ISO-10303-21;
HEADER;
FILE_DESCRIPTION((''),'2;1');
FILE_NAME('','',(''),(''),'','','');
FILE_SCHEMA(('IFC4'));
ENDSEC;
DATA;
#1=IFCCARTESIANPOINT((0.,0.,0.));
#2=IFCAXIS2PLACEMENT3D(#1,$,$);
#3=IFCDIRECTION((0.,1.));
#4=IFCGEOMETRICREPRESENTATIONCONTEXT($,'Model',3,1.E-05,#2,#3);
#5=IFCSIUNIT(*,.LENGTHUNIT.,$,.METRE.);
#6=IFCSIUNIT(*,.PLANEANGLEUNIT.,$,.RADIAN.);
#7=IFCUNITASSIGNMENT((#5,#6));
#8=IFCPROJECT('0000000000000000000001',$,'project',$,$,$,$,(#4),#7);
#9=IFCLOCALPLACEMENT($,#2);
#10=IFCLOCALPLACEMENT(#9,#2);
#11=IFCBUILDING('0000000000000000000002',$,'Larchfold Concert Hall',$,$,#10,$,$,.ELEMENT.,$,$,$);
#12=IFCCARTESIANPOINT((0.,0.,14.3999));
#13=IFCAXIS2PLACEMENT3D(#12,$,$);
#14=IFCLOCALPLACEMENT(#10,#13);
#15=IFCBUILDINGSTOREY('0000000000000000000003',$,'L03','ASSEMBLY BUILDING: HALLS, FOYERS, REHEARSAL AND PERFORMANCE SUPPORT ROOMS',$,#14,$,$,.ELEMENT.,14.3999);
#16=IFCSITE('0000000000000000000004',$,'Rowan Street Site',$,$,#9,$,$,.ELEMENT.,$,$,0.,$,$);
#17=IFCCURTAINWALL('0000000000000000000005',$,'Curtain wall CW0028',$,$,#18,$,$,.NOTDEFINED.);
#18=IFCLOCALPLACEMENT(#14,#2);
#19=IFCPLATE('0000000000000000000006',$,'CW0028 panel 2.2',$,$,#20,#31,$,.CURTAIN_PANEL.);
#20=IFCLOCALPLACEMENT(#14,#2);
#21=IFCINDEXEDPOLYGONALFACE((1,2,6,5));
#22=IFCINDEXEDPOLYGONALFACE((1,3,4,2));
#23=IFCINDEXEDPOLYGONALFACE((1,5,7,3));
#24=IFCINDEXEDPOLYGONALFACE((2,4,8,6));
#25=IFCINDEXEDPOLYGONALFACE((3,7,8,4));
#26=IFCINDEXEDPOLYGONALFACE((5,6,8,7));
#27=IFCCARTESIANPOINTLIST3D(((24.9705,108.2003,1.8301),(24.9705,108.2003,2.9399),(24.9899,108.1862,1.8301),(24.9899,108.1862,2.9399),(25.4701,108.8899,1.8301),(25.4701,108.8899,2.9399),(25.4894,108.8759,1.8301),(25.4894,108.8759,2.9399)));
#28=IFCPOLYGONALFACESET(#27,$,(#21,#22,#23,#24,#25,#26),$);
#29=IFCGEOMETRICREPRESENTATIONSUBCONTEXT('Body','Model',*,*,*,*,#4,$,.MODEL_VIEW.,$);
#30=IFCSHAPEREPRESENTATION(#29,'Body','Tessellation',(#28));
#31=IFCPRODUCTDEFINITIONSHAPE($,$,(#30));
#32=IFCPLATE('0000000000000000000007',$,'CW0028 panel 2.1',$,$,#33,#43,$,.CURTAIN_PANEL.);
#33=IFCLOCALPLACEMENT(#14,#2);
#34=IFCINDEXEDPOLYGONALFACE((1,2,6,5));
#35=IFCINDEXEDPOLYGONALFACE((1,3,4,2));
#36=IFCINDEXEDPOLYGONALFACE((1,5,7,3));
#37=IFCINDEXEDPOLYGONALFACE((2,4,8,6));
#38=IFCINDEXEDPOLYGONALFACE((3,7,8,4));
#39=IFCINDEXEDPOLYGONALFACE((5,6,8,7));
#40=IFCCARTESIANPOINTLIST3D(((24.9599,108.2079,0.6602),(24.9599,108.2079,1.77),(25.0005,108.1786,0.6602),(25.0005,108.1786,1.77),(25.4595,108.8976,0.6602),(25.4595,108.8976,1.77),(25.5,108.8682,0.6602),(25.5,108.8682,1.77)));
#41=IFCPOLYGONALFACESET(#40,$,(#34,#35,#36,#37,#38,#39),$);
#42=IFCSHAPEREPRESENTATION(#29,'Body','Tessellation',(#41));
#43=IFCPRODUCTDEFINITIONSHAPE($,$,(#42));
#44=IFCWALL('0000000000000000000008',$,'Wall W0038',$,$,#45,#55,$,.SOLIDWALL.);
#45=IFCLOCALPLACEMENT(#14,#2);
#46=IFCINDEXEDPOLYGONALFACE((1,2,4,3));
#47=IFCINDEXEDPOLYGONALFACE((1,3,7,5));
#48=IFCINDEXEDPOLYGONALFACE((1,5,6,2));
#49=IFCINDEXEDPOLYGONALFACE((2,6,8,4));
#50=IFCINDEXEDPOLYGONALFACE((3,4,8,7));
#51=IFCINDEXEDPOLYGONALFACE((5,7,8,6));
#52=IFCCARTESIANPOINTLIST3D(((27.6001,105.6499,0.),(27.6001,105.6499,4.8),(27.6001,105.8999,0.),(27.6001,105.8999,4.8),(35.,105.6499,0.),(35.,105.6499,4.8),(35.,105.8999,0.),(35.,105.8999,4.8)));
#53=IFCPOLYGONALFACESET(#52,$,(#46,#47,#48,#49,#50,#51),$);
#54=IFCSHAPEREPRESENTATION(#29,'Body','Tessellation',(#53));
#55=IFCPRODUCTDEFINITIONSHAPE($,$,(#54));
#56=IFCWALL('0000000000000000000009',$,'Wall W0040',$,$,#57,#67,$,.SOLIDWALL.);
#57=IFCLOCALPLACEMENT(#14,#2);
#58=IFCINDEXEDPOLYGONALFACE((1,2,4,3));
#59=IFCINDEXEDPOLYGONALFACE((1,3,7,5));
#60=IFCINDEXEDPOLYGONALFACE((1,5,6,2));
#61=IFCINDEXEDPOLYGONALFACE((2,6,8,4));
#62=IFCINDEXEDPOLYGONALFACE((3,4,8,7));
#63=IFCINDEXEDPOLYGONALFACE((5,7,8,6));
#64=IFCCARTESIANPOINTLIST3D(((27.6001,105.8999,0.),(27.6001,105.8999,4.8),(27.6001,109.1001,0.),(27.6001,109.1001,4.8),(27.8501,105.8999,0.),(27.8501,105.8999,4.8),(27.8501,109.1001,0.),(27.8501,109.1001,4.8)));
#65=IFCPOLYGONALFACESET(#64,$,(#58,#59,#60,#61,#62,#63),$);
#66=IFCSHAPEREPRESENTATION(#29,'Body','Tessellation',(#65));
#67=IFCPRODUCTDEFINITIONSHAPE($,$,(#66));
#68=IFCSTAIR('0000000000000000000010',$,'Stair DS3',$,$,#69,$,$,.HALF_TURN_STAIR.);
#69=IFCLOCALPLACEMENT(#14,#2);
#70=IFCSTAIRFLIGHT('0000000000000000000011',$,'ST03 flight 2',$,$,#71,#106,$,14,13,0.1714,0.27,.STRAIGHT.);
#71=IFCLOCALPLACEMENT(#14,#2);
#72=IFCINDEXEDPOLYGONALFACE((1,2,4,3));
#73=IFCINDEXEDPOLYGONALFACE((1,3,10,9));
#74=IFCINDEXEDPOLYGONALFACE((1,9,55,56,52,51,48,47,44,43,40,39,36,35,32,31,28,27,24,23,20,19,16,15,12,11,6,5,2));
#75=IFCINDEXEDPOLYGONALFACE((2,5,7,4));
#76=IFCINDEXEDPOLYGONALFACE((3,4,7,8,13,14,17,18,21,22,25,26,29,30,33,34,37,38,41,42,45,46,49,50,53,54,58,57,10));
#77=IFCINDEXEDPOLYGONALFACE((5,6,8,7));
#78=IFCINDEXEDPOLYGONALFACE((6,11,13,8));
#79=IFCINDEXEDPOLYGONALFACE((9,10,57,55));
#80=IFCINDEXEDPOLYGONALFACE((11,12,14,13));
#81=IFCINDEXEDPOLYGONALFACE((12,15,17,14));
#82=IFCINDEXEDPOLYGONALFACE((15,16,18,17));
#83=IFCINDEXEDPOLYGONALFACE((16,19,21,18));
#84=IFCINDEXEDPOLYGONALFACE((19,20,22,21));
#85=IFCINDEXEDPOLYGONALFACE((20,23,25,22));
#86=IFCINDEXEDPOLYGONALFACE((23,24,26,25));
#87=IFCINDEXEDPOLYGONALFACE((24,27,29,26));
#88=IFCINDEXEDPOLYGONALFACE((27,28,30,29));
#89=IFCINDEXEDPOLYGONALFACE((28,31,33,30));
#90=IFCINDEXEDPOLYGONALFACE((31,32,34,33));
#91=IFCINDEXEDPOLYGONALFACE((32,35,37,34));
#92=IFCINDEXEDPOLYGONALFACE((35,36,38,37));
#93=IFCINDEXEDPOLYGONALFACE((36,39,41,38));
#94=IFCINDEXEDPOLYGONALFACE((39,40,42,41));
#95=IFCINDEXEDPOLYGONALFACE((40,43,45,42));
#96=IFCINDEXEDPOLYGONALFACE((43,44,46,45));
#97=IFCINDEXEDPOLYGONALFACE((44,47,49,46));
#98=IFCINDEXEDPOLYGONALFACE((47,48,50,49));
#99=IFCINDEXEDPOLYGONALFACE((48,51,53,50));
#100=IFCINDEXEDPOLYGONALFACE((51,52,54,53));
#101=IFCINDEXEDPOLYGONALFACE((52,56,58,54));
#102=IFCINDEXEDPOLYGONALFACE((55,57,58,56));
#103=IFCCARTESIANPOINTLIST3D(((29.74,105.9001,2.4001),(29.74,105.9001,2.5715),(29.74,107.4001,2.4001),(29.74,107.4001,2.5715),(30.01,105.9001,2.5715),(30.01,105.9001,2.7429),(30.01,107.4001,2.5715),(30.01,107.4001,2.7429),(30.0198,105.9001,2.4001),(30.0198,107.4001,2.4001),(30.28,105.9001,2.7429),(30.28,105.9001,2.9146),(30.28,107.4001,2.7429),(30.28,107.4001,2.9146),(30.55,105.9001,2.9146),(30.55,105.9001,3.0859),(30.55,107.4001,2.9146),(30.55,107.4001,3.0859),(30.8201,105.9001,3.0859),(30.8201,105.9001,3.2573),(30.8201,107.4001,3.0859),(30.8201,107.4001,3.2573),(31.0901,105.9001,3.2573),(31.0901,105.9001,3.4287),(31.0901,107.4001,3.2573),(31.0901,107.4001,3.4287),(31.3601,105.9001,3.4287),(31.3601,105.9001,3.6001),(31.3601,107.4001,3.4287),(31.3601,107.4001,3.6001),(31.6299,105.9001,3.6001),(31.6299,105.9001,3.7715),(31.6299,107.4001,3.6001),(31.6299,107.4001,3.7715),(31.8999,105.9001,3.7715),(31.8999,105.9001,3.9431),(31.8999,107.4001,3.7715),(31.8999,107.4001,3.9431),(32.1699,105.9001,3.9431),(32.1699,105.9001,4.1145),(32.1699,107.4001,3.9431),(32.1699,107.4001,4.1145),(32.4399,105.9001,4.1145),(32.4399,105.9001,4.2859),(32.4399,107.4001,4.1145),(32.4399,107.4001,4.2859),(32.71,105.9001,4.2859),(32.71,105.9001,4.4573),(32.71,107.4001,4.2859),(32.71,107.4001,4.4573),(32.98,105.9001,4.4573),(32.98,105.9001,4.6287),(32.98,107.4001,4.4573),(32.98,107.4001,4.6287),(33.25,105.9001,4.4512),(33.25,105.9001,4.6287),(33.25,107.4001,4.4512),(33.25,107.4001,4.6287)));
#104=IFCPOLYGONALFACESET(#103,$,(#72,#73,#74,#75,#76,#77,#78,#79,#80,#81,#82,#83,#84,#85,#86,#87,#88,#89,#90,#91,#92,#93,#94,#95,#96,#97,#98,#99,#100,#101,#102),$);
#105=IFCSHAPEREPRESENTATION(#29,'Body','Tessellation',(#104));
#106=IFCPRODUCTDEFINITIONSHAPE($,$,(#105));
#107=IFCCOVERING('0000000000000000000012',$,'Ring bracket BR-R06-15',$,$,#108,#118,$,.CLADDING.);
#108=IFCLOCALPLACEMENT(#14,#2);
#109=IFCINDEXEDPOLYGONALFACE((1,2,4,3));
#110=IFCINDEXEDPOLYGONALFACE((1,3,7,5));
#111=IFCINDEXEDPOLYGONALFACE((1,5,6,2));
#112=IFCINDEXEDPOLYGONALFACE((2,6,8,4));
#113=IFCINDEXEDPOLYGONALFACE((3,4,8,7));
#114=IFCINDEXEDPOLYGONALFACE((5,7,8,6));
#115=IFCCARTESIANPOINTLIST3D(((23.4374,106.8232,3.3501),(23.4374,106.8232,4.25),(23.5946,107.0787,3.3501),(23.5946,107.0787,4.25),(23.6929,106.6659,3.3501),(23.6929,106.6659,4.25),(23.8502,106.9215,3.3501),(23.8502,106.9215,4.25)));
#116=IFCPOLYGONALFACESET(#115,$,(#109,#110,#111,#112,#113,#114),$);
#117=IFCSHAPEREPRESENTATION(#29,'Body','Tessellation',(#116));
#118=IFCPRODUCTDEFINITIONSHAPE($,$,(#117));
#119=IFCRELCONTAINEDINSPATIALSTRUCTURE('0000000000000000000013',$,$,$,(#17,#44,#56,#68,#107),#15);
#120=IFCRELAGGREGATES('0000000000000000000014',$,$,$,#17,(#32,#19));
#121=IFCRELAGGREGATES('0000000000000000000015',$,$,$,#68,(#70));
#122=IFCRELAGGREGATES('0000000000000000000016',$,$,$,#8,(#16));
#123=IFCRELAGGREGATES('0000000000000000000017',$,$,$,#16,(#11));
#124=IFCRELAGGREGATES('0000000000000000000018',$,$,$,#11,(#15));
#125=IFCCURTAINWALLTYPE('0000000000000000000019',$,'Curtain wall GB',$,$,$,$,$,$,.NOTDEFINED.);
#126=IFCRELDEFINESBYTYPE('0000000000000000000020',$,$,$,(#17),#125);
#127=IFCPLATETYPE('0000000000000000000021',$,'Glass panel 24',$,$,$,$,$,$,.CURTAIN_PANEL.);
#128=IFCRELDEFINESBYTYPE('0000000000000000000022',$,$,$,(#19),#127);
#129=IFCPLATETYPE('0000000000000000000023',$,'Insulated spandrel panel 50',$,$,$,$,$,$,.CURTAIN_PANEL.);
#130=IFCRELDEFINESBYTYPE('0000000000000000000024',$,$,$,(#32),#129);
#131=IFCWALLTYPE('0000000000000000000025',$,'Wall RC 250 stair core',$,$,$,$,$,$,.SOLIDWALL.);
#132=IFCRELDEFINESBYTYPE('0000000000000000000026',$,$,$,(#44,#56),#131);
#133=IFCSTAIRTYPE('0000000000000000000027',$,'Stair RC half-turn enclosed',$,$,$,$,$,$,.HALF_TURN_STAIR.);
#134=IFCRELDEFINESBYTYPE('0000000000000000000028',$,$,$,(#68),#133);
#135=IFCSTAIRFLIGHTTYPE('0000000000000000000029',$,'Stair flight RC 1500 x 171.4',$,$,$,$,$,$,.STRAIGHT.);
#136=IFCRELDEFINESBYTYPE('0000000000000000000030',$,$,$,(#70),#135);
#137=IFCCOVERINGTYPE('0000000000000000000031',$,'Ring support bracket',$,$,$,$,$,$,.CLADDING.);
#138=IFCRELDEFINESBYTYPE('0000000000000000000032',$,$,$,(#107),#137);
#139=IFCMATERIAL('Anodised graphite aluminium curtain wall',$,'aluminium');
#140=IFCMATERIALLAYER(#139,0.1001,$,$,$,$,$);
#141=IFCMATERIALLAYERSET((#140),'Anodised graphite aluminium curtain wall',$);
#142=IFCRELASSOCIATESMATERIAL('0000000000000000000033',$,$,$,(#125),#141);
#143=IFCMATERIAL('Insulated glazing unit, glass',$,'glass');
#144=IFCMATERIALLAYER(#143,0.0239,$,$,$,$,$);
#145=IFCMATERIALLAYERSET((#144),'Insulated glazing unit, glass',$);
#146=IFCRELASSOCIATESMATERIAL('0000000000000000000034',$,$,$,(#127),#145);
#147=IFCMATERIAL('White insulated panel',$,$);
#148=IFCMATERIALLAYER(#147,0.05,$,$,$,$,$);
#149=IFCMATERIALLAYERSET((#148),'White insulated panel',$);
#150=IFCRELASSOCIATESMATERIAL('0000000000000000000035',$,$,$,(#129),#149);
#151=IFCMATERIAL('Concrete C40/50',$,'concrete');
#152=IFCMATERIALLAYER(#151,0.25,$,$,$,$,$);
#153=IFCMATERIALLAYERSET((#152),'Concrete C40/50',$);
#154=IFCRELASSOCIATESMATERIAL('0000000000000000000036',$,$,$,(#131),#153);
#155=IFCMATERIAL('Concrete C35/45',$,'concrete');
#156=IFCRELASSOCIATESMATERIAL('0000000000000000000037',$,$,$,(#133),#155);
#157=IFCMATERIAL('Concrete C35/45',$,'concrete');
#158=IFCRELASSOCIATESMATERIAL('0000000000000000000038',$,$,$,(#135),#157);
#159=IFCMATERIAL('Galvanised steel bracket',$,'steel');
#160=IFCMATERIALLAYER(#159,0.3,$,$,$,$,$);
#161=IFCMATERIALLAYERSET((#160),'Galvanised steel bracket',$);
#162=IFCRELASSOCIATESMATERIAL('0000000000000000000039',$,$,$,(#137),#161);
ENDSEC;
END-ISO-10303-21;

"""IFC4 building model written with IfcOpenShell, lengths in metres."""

from ifc_helpers import new_model, si_unit, direction, frame, frame_2d, origin, origin_2d, place, context, subcontext, project, spatial, polyline, rectangle, outline, extrude, material, layer, layer_set, type_object, element, aggregate, save


model = new_model("IFC4")

# Units and contexts
model_context = context("Model", 3, precision=1e-05, world=origin(), true_north=direction((0.0, 1.0)))
body_context = subcontext(model_context, "Body", "Model", "MODEL_VIEW")
ifc_project = project(units=[si_unit("LENGTHUNIT", "METRE"), si_unit("PLANEANGLEUNIT", "RADIAN")], contexts=[model_context])

# Site, building, storey
site_placement = place(None, origin())
site = spatial("IfcSite", under=ifc_project, at=site_placement, Name="Rowan Street Site", CompositionType="ELEMENT", RefElevation=0.0)
building_placement = place(site_placement, origin())
building = spatial("IfcBuilding", under=site, at=building_placement, Name="Larchfold Concert Hall", CompositionType="ELEMENT")
storey_placement = place(building_placement, frame((0.0, 0.0, 14.3999)))
storey = spatial("IfcBuildingStorey", under=building, at=storey_placement, Name="L03", Description="ASSEMBLY BUILDING: HALLS, FOYERS, REHEARSAL AND PERFORMANCE SUPPORT ROOMS", CompositionType="ELEMENT", Elevation=14.3999)

# Curtain wall
ifc_material_1 = material(Name="Anodised graphite aluminium curtain wall", Category="aluminium")
ifc_layer_1 = layer(ifc_material_1, 0.1001)
ifc_layer_set_1 = layer_set([ifc_layer_1], Name="Anodised graphite aluminium curtain wall")
curtain_wall_type = type_object("IfcCurtainWallType", Name="Curtain wall GB", PredefinedType="NOTDEFINED", material=ifc_layer_set_1)
curtain_wall_1_placement = place(storey_placement, origin())
curtain_wall_1 = element("IfcCurtainWall", 1, at=curtain_wall_1_placement, inside=storey, type_object=curtain_wall_type, Name="Curtain wall CW0028", PredefinedType="NOTDEFINED")

# Plates
ifc_material_2 = material(Name="Insulated glazing unit, glass", Category="glass")
ifc_layer_2 = layer(ifc_material_2, 0.0239)
ifc_layer_set_2 = layer_set([ifc_layer_2], Name="Insulated glazing unit, glass")
plate_type_1 = type_object("IfcPlateType", Name="Glass panel 24", PredefinedType="CURTAIN_PANEL", material=ifc_layer_set_2)
plate_1_placement = place(storey_placement, frame((25.23, 108.5381, 1.8301), z_axis=(0.0, 0.0, 1.0), x_axis=(-0.586621, -0.809861, 0.0)))
plate_1 = element("IfcPlate", 2, at=plate_1_placement, type_object=plate_type_1, Name="CW0028 panel 2.2", PredefinedType="CURTAIN_PANEL", context=body_context, shape_type="SweptSolid", body=[
    extrude(rectangle(XDim=0.8516, YDim=0.0239, at=origin_2d()), origin(), (0.0, 0.0, 1.0), 1.1099),
])
ifc_material_3 = material(Name="White insulated panel")
ifc_layer_3 = layer(ifc_material_3, 0.05)
ifc_layer_set_3 = layer_set([ifc_layer_3], Name="White insulated panel")
plate_type_2 = type_object("IfcPlateType", Name="Insulated spandrel panel 50", PredefinedType="CURTAIN_PANEL", material=ifc_layer_set_3)
plate_2_placement = place(storey_placement, frame((25.23, 108.5381, 0.6602), z_axis=(0.0, 0.0, 1.0), x_axis=(-0.586621, -0.809861, 0.0)))
plate_2 = element("IfcPlate", 3, at=plate_2_placement, type_object=plate_type_2, Name="CW0028 panel 2.1", PredefinedType="CURTAIN_PANEL", context=body_context, shape_type="SweptSolid", body=[
    extrude(rectangle(XDim=0.8516, YDim=0.05, at=origin_2d()), origin(), (0.0, 0.0, 1.0), 1.1099),
])
aggregate(curtain_wall_1, [plate_2, plate_1])

# Walls
ifc_material_4 = material(Name="Concrete C40/50", Category="concrete")
ifc_layer_4 = layer(ifc_material_4, 0.25)
ifc_layer_set_4 = layer_set([ifc_layer_4], Name="Concrete C40/50")
wall_type_1 = type_object("IfcWallType", Name="Wall RC 250 stair core", PredefinedType="SOLIDWALL", material=ifc_layer_set_4)
wall_1_placement = place(storey_placement, frame((27.6001, 105.7749, 0.0), z_axis=(0.0, 0.0, 1.0), x_axis=(1.0, 0.0, 0.0)))
element("IfcWall", 4, at=wall_1_placement, inside=storey, type_object=wall_type_1, Name="Wall W0038", PredefinedType="SOLIDWALL", context=body_context, shape_type="SweptSolid", body=[
    extrude(rectangle(XDim=7.3999, YDim=0.25, at=frame_2d((3.7, 0.0))), origin(), (0.0, 0.0, 1.0), 4.8),
])
wall_2_placement = place(storey_placement, frame((27.7251, 105.8999, 0.0), z_axis=(0.0, 0.0, 1.0), x_axis=(0.0, 1.0, 0.0)))
element("IfcWall", 5, at=wall_2_placement, inside=storey, type_object=wall_type_1, Name="Wall W0040", PredefinedType="SOLIDWALL", context=body_context, shape_type="SweptSolid", body=[
    extrude(rectangle(XDim=3.2002, YDim=0.25, at=frame_2d((1.6001, 0.0))), origin(), (0.0, 0.0, 1.0), 4.8),
])

# Stair, stair flight
ifc_material_5 = material(Name="Concrete C35/45", Category="concrete")
stair_type = type_object("IfcStairType", Name="Stair RC half-turn enclosed", PredefinedType="HALF_TURN_STAIR", material=ifc_material_5)
stair_placement = place(storey_placement, origin())
stair = element("IfcStair", 6, at=stair_placement, inside=storey, type_object=stair_type, Name="Stair DS3", PredefinedType="HALF_TURN_STAIR")
ifc_material_6 = material(Name="Concrete C35/45", Category="concrete")
stair_flight_type = type_object("IfcStairFlightType", Name="Stair flight RC 1500 x 171.4", PredefinedType="STRAIGHT", material=ifc_material_6)
stair_flight_placement = place(storey_placement, frame((29.74, 106.6501, 2.4001), z_axis=(0.0, 0.0, 1.0), x_axis=(1.0, 0.0, 0.0)))
stair_flight = element("IfcStairFlight", 7, at=stair_flight_placement, type_object=stair_flight_type, Name="ST03 flight 2", NumberOfRisers=14, NumberOfTreads=13, PredefinedType="STRAIGHT", RiserHeight=0.1714, TreadLength=0.27, context=body_context, shape_type="SweptSolid", body=[
    extrude(outline(polyline([(0.0, 0.0), (0.0, 0.1714), (0.27, 0.1714), (0.27, 0.3428), (0.54, 0.3428), (0.54, 0.5144), (0.8101, 0.5144), (0.8101, 0.6858), (1.0801, 0.6858), (1.0801, 0.8572), (1.3501, 0.8572), (1.3501, 1.0286), (1.6201, 1.0286), (1.6201, 1.2), (1.8899, 1.2), (1.8899, 1.3713), (2.1599, 1.3713), (2.1599, 1.543), (2.4299, 1.543), (2.4299, 1.7144), (2.7, 1.7144), (2.7, 1.8857), (2.97, 1.8857), (2.97, 2.0571), (3.24, 2.0571), (3.24, 2.2285), (3.51, 2.2285), (3.51, 2.3999), (3.51, 2.051), (0.2798, 0.0), (0.0, 0.0)])), frame((0.0, 0.75, 0.0), z_axis=(0.0, -1.0, 0.0), x_axis=(1.0, 0.0, 0.0)), (0.0, 0.0, 1.0), 1.5),
])
aggregate(stair, [stair_flight])

# Covering
ifc_material_7 = material(Name="Galvanised steel bracket", Category="steel")
ifc_layer_5 = layer(ifc_material_7, 0.3)
ifc_layer_set_5 = layer_set([ifc_layer_5], Name="Galvanised steel bracket")
covering_type = type_object("IfcCoveringType", Name="Ring support bracket", PredefinedType="CLADDING", material=ifc_layer_set_5)
covering_placement = place(storey_placement, frame((23.6438, 106.8723, 3.3501), z_axis=(0.0, 0.0, 1.0), x_axis=(-0.851675, 0.52407, 0.0)))
element("IfcCovering", 8, at=covering_placement, inside=storey, type_object=covering_type, Name="Ring bracket BR-R06-15", PredefinedType="CLADDING", context=body_context, shape_type="SweptSolid", body=[
    extrude(rectangle(XDim=0.3, YDim=0.3, at=origin_2d()), origin(), (0.0, 0.0, 1.0), 0.8999),
])

save(model, "model.ifc")
